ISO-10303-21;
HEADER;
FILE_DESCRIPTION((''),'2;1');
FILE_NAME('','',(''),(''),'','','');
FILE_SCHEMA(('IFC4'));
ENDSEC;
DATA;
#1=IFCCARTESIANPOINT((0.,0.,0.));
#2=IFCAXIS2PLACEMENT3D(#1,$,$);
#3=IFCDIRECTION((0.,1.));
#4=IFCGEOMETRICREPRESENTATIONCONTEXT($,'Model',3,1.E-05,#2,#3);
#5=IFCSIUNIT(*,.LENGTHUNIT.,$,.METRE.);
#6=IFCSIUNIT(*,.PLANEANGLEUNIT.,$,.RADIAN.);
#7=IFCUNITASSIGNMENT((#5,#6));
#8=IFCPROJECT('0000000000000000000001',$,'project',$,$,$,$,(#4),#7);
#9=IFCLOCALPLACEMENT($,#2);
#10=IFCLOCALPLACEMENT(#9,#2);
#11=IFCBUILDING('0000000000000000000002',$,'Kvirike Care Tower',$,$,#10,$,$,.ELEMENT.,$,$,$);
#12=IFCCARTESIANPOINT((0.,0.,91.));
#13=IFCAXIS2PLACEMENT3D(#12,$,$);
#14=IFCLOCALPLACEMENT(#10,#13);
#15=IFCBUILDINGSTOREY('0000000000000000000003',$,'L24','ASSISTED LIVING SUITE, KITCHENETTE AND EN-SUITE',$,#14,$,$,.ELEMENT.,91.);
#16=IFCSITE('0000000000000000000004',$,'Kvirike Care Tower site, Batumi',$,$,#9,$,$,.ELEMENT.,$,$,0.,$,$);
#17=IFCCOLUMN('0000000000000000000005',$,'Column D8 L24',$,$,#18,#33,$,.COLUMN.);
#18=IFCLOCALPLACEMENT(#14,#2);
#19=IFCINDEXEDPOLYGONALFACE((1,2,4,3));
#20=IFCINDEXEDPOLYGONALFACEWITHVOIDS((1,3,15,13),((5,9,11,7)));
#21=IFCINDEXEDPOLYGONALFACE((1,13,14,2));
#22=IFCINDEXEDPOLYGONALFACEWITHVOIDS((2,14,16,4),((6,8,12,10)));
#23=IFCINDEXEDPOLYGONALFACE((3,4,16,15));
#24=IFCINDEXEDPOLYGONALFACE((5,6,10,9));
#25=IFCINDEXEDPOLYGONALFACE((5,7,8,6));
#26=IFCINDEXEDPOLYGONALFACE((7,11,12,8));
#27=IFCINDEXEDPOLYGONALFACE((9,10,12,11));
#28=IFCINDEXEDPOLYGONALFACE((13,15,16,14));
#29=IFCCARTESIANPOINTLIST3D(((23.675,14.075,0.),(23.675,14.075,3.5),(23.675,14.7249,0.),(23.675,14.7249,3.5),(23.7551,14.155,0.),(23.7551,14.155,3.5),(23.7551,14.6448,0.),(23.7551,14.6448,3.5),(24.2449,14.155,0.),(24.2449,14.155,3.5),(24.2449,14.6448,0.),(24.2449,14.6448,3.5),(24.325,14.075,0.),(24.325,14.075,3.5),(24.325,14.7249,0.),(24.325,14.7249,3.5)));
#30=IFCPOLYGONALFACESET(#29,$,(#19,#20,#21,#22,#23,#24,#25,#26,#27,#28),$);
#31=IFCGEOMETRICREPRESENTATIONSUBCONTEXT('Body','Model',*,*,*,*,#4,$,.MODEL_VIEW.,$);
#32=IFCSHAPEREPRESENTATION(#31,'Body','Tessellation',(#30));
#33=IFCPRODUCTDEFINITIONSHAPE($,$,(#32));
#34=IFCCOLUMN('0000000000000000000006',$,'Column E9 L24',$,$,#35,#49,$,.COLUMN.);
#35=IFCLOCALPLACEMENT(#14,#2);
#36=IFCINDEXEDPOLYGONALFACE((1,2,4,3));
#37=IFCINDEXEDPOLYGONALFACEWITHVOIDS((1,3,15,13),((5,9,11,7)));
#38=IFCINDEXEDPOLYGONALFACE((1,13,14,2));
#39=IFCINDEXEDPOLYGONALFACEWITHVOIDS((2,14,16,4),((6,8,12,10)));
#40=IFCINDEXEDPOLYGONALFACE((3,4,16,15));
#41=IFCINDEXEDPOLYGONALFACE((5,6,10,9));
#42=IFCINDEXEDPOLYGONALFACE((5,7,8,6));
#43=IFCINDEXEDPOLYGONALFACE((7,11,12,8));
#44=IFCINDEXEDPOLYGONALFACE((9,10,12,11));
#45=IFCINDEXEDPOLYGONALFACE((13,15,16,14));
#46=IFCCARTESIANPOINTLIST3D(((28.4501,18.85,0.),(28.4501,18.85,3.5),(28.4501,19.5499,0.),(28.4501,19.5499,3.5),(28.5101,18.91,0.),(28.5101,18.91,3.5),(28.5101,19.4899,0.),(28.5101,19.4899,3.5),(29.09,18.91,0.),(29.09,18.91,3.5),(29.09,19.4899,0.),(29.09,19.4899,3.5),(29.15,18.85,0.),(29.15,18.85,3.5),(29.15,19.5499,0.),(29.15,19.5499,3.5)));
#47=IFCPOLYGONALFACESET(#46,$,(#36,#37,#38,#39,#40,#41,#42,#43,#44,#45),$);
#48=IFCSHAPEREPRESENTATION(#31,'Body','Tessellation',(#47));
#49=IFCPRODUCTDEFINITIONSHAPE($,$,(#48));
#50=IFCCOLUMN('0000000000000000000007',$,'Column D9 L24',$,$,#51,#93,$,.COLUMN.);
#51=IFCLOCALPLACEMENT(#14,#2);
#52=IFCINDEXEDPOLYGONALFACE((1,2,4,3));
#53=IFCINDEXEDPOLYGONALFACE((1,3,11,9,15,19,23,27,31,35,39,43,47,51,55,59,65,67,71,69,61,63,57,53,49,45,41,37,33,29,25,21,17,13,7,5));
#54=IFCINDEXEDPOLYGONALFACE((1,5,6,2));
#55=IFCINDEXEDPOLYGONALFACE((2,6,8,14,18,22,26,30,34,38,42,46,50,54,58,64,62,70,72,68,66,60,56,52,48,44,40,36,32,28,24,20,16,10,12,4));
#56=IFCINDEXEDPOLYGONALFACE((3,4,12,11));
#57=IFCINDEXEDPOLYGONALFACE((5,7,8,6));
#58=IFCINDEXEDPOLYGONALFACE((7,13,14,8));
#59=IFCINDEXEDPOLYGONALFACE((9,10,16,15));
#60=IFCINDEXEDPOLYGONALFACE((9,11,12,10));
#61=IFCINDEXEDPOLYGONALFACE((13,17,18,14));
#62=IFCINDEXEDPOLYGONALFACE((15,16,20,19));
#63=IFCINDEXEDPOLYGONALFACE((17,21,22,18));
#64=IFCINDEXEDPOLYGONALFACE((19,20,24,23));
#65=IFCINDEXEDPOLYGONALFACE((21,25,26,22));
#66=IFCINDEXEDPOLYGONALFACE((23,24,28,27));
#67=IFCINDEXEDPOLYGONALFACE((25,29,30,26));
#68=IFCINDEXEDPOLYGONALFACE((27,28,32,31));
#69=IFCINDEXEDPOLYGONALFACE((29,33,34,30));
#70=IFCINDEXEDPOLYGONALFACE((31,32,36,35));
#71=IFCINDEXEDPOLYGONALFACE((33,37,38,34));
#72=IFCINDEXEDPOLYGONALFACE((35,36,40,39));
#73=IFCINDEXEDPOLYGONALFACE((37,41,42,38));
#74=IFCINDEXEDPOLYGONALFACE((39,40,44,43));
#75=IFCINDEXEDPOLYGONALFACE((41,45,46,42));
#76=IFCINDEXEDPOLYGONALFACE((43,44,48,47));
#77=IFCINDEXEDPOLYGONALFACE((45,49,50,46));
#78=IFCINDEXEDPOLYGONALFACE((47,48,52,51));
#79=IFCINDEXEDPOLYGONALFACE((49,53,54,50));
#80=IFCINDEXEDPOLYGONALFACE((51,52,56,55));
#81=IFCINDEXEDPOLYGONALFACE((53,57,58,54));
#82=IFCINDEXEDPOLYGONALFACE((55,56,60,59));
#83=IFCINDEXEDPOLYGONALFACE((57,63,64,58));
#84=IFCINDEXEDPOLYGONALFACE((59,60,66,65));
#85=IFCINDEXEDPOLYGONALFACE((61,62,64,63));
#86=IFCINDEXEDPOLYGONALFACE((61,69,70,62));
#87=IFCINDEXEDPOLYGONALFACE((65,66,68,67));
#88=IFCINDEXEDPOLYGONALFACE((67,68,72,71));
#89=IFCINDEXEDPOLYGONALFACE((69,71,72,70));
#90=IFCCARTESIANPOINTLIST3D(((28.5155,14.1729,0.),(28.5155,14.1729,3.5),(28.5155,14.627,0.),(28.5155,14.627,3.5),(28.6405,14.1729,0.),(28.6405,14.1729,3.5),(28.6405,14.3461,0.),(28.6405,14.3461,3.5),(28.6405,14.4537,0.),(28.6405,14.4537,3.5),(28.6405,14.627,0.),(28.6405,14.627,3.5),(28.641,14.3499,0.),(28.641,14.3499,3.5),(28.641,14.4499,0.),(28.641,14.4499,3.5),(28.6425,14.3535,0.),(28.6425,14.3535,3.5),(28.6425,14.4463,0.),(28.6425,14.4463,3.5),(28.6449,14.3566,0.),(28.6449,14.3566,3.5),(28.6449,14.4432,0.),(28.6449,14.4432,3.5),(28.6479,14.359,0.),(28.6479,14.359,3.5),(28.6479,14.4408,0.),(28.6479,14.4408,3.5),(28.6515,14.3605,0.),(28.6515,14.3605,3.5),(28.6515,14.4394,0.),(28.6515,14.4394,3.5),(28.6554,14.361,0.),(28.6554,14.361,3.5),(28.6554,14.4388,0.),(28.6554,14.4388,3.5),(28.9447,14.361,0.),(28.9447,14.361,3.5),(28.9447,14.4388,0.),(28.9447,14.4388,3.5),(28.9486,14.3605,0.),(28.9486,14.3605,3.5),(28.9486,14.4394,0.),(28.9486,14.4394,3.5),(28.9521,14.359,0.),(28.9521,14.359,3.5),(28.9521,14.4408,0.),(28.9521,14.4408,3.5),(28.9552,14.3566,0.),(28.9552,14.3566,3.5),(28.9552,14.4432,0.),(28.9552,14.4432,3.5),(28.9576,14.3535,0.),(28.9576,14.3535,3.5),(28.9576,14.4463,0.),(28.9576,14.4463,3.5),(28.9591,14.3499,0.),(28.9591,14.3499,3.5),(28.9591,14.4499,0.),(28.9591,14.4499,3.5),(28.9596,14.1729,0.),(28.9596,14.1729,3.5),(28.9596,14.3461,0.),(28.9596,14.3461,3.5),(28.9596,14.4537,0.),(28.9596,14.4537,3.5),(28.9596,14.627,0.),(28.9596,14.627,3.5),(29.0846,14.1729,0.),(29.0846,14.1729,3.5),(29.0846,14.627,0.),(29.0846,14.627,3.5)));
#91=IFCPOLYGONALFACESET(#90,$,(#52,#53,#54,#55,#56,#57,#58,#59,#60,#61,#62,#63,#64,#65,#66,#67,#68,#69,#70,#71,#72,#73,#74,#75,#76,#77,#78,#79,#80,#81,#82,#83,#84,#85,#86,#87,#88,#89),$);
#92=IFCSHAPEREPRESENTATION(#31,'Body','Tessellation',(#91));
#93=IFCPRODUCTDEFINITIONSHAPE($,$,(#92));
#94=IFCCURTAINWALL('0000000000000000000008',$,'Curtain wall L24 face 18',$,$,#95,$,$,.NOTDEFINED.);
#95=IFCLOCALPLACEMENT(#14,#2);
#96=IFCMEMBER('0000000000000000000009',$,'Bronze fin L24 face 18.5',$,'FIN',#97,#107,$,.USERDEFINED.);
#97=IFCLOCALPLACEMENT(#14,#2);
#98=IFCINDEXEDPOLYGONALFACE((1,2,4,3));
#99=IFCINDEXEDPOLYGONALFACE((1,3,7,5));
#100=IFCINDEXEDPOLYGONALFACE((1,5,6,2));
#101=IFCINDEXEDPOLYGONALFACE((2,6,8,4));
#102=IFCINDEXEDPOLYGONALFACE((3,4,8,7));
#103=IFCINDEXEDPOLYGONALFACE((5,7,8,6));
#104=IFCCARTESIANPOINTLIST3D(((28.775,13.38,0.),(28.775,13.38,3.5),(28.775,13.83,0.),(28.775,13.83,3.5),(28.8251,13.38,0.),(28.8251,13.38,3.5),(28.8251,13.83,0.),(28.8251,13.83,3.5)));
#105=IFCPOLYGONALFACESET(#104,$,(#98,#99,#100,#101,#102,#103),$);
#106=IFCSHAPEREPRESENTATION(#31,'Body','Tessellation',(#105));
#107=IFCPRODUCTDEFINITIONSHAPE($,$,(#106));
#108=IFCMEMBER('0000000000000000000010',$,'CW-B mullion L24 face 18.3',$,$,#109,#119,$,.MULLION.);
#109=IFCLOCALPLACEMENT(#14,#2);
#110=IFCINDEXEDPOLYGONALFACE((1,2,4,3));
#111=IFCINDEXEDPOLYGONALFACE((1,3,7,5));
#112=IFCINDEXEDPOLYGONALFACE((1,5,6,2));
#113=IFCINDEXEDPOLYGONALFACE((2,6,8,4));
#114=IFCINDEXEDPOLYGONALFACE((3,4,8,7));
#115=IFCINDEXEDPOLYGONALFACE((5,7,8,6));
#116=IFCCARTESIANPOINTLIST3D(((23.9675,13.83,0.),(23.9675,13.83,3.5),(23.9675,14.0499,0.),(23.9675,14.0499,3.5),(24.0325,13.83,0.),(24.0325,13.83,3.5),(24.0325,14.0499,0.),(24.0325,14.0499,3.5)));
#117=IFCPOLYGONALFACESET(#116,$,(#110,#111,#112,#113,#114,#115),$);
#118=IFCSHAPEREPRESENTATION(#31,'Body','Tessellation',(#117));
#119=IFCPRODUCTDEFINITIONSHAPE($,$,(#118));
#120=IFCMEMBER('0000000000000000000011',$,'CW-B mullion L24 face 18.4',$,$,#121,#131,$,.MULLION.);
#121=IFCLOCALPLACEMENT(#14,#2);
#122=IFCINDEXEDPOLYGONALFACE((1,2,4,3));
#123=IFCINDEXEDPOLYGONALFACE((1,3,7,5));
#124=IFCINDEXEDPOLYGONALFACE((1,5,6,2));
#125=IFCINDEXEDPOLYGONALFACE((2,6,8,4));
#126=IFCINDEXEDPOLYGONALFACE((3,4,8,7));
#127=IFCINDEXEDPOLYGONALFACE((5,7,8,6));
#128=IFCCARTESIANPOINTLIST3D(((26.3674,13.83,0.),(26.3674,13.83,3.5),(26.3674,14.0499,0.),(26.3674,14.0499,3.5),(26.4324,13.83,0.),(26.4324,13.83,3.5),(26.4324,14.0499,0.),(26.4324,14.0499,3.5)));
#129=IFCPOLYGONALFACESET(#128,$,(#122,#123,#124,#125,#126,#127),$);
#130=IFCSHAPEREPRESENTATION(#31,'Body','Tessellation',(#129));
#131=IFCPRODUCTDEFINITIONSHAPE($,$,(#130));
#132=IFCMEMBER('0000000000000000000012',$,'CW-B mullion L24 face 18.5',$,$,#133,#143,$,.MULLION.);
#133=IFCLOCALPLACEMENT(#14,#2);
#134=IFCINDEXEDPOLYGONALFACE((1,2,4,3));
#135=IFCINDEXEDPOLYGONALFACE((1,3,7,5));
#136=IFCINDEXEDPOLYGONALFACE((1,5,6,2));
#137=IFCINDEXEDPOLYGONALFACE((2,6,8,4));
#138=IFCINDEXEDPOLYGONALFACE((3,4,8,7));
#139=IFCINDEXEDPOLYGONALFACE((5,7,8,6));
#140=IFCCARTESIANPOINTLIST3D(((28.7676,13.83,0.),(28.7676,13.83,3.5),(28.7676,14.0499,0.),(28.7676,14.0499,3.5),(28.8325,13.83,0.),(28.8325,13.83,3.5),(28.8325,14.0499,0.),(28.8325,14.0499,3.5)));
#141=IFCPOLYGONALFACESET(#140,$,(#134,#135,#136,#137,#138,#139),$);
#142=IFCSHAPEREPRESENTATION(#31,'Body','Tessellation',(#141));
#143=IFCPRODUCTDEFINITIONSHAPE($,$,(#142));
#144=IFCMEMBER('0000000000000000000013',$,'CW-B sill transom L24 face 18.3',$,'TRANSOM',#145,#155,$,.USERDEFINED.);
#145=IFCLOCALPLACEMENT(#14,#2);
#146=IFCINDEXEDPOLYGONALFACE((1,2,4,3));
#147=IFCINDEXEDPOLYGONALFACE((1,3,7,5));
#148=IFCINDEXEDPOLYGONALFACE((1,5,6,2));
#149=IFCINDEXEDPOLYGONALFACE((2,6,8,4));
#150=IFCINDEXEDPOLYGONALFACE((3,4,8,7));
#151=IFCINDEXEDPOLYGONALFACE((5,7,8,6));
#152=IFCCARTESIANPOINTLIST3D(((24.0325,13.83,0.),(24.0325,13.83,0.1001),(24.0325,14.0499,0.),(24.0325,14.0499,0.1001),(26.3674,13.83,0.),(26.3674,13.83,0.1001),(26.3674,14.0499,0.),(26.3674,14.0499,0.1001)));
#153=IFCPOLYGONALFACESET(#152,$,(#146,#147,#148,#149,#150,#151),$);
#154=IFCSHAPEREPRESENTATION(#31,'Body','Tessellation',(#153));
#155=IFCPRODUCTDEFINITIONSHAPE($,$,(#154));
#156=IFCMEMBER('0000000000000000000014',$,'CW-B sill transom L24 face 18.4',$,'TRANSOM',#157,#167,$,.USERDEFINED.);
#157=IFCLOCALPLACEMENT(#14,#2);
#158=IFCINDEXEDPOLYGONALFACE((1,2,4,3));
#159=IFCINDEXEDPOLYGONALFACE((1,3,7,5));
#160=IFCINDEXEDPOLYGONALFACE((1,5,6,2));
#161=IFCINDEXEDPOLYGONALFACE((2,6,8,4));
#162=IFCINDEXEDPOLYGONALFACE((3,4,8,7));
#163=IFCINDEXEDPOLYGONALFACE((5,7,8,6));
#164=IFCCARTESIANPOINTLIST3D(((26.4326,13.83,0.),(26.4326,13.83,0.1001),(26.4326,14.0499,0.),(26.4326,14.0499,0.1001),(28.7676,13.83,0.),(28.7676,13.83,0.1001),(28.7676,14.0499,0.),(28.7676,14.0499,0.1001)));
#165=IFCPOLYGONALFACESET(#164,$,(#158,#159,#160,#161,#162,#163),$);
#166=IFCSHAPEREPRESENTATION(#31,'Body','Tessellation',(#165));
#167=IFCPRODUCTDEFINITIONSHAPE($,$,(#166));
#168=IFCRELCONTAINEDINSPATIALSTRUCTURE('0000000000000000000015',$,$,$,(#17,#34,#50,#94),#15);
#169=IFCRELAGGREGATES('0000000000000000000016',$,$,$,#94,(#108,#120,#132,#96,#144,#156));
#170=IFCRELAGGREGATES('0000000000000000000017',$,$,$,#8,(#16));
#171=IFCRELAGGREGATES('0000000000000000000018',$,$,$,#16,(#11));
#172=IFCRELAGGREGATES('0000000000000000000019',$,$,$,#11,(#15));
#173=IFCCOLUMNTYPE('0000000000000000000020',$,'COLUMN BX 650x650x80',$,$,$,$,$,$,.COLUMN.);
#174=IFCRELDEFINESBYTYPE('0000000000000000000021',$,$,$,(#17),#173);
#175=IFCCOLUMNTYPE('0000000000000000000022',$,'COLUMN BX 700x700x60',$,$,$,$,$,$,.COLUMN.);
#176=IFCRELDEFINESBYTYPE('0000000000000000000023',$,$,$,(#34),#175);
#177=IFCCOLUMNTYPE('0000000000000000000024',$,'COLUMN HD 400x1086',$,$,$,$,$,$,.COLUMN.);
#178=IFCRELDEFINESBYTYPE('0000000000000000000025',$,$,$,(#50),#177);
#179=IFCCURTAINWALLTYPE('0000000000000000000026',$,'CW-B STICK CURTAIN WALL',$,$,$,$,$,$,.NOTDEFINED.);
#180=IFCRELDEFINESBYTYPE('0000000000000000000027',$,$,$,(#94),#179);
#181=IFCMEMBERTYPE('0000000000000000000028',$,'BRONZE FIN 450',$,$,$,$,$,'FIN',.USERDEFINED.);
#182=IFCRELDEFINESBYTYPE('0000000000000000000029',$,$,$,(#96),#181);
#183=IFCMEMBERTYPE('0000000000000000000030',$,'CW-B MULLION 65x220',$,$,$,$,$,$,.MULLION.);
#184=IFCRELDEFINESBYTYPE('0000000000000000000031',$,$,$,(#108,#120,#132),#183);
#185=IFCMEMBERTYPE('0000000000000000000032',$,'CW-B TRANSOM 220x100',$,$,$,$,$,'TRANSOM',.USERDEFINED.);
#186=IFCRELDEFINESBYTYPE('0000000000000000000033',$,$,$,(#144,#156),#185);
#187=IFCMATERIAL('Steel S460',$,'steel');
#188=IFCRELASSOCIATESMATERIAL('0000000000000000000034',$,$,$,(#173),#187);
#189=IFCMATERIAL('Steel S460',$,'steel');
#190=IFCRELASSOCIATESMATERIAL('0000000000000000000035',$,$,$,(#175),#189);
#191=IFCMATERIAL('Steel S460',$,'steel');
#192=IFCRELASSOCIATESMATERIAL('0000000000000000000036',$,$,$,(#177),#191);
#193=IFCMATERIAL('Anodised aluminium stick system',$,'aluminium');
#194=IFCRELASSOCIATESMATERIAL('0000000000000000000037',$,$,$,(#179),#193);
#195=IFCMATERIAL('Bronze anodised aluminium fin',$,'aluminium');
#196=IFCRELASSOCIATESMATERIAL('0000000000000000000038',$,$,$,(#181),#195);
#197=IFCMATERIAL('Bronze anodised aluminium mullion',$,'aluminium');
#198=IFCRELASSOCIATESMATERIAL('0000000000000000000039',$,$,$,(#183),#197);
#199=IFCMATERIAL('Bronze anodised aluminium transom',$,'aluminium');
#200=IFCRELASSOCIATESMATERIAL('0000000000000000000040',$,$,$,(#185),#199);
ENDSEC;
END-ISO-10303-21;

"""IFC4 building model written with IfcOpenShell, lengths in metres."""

from ifc_helpers import new_model, si_unit, direction, frame, origin, origin_2d, place, context, subcontext, project, spatial, rectangle, hollow_rectangle, i_section, extrude, material, material_profile, profile_set, type_object, element, aggregate, save


model = new_model("IFC4")

# Units and contexts
model_context = context("Model", 3, precision=1e-05, world=origin(), true_north=direction((0.0, 1.0)))
body_context = subcontext(model_context, "Body", "Model", "MODEL_VIEW")
ifc_project = project(units=[si_unit("LENGTHUNIT", "METRE"), si_unit("PLANEANGLEUNIT", "RADIAN")], contexts=[model_context])

# Site, building, storey
site_placement = place(None, origin())
site = spatial("IfcSite", under=ifc_project, at=site_placement, Name="Kvirike Care Tower site, Batumi", CompositionType="ELEMENT", RefElevation=0.0)
building_placement = place(site_placement, origin())
building = spatial("IfcBuilding", under=site, at=building_placement, Name="Kvirike Care Tower", CompositionType="ELEMENT")
storey_placement = place(building_placement, frame((0.0, 0.0, 91.0)))
storey = spatial("IfcBuildingStorey", under=building, at=storey_placement, Name="L24", Description="ASSISTED LIVING SUITE, KITCHENETTE AND EN-SUITE", CompositionType="ELEMENT", Elevation=91.0)

# Columns
ifc_material_1 = material(Name="Steel S460", Category="steel")
ifc_material_profile_1 = material_profile(ifc_material_1, hollow_rectangle(XDim=0.6499, YDim=0.6499, WallThickness=0.0801, at=origin_2d()), Name="BX 650x650x80")
ifc_profile_set_1 = profile_set([ifc_material_profile_1], Name="Steel S460")
column_type_1 = type_object("IfcColumnType", Name="COLUMN BX 650x650x80", PredefinedType="COLUMN", material=ifc_profile_set_1)
column_1_placement = place(storey_placement, frame((24.0, 14.3999, 0.0), z_axis=(0.0, 0.0, 1.0), x_axis=(0.0, 1.0, 0.0)))
element("IfcColumn", 1, at=column_1_placement, inside=storey, type_object=column_type_1, Name="Column D8 L24", PredefinedType="COLUMN", context=body_context, shape_type="SweptSolid", body=[
    extrude(hollow_rectangle(XDim=0.6499, YDim=0.6499, WallThickness=0.0801, at=origin_2d()), origin(), (0.0, 0.0, 1.0), 3.5),
])
ifc_material_2 = material(Name="Steel S460", Category="steel")
ifc_material_profile_2 = material_profile(ifc_material_2, hollow_rectangle(XDim=0.7, YDim=0.7, WallThickness=0.0601, at=origin_2d()), Name="BX 700x700x60")
ifc_profile_set_2 = profile_set([ifc_material_profile_2], Name="Steel S460")
column_type_2 = type_object("IfcColumnType", Name="COLUMN BX 700x700x60", PredefinedType="COLUMN", material=ifc_profile_set_2)
column_2_placement = place(storey_placement, frame((28.8, 19.2, 0.0), z_axis=(0.0, 0.0, 1.0), x_axis=(1.0, 0.0, 0.0)))
element("IfcColumn", 2, at=column_2_placement, inside=storey, type_object=column_type_2, Name="Column E9 L24", PredefinedType="COLUMN", context=body_context, shape_type="SweptSolid", body=[
    extrude(hollow_rectangle(XDim=0.7, YDim=0.7, WallThickness=0.0601, at=origin_2d()), origin(), (0.0, 0.0, 1.0), 3.5),
])
ifc_material_3 = material(Name="Steel S460", Category="steel")
ifc_material_profile_3 = material_profile(ifc_material_3, i_section(OverallWidth=0.4541, OverallDepth=0.5691, WebThickness=0.0779, FlangeThickness=0.125, FilletRadius=0.0149, at=origin_2d()), Name="HD 400x1086")
ifc_profile_set_3 = profile_set([ifc_material_profile_3], Name="Steel S460")
column_type_3 = type_object("IfcColumnType", Name="COLUMN HD 400x1086", PredefinedType="COLUMN", material=ifc_profile_set_3)
column_3_placement = place(storey_placement, frame((28.8, 14.3999, 0.0), z_axis=(0.0, 0.0, 1.0), x_axis=(0.0, 1.0, 0.0)))
element("IfcColumn", 3, at=column_3_placement, inside=storey, type_object=column_type_3, Name="Column D9 L24", PredefinedType="COLUMN", context=body_context, shape_type="SweptSolid", body=[
    extrude(i_section(OverallWidth=0.4541, OverallDepth=0.5691, WebThickness=0.0779, FlangeThickness=0.125, FilletRadius=0.0149, at=origin_2d()), origin(), (0.0, 0.0, 1.0), 3.5),
])

# Curtain wall, members
ifc_material_4 = material(Name="Anodised aluminium stick system", Category="aluminium")
curtain_wall_type = type_object("IfcCurtainWallType", Name="CW-B STICK CURTAIN WALL", PredefinedType="NOTDEFINED", material=ifc_material_4)
curtain_wall_placement = place(storey_placement, origin())
curtain_wall = element("IfcCurtainWall", 4, at=curtain_wall_placement, inside=storey, type_object=curtain_wall_type, Name="Curtain wall L24 face 18", PredefinedType="NOTDEFINED")
ifc_material_5 = material(Name="Bronze anodised aluminium fin", Category="aluminium")
ifc_material_profile_4 = material_profile(ifc_material_5, rectangle(XDim=0.05, YDim=0.45, at=origin_2d()), Name="BRONZE FIN 450")
ifc_profile_set_4 = profile_set([ifc_material_profile_4], Name="Bronze anodised aluminium fin")
member_type_1 = type_object("IfcMemberType", Name="BRONZE FIN 450", ElementType="FIN", PredefinedType="USERDEFINED", material=ifc_profile_set_4)
member_1_placement = place(storey_placement, frame((28.8, 13.605, 0.0), z_axis=(0.0, 0.0, 1.0), x_axis=(1.0, 0.0, 0.0)))
member_1 = element("IfcMember", 5, at=member_1_placement, type_object=member_type_1, Name="Bronze fin L24 face 18.5", ObjectType="FIN", PredefinedType="USERDEFINED", context=body_context, shape_type="SweptSolid", body=[
    extrude(rectangle(XDim=0.05, YDim=0.45, at=origin_2d()), origin(), (0.0, 0.0, 1.0), 3.5),
])
ifc_material_6 = material(Name="Bronze anodised aluminium mullion", Category="aluminium")
ifc_material_profile_5 = material_profile(ifc_material_6, rectangle(XDim=0.0649, YDim=0.22, at=origin_2d()), Name="CW-B MULLION 65x220")
ifc_profile_set_5 = profile_set([ifc_material_profile_5], Name="Bronze anodised aluminium mullion")
member_type_2 = type_object("IfcMemberType", Name="CW-B MULLION 65x220", PredefinedType="MULLION", material=ifc_profile_set_5)
member_2_placement = place(storey_placement, frame((24.0, 13.9399, 0.0), z_axis=(0.0, 0.0, 1.0), x_axis=(1.0, 0.0, 0.0)))
member_2 = element("IfcMember", 6, at=member_2_placement, type_object=member_type_2, Name="CW-B mullion L24 face 18.3", PredefinedType="MULLION", context=body_context, shape_type="SweptSolid", body=[
    extrude(rectangle(XDim=0.0649, YDim=0.22, at=origin_2d()), origin(), (0.0, 0.0, 1.0), 3.5),
])
member_3_placement = place(storey_placement, frame((26.3999, 13.9399, 0.0), z_axis=(0.0, 0.0, 1.0), x_axis=(1.0, 0.0, 0.0)))
member_3 = element("IfcMember", 7, at=member_3_placement, type_object=member_type_2, Name="CW-B mullion L24 face 18.4", PredefinedType="MULLION", context=body_context, shape_type="SweptSolid", body=[
    extrude(rectangle(XDim=0.0649, YDim=0.22, at=origin_2d()), origin(), (0.0, 0.0, 1.0), 3.5),
])
member_4_placement = place(storey_placement, frame((28.8, 13.9399, 0.0), z_axis=(0.0, 0.0, 1.0), x_axis=(1.0, 0.0, 0.0)))
member_4 = element("IfcMember", 8, at=member_4_placement, type_object=member_type_2, Name="CW-B mullion L24 face 18.5", PredefinedType="MULLION", context=body_context, shape_type="SweptSolid", body=[
    extrude(rectangle(XDim=0.0649, YDim=0.22, at=origin_2d()), origin(), (0.0, 0.0, 1.0), 3.5),
])
ifc_material_7 = material(Name="Bronze anodised aluminium transom", Category="aluminium")
ifc_material_profile_6 = material_profile(ifc_material_7, rectangle(XDim=0.22, YDim=0.1001, at=origin_2d()), Name="CW-B TRANSOM 220x100")
ifc_profile_set_6 = profile_set([ifc_material_profile_6], Name="Bronze anodised aluminium transom")
member_type_3 = type_object("IfcMemberType", Name="CW-B TRANSOM 220x100", ElementType="TRANSOM", PredefinedType="USERDEFINED", material=ifc_profile_set_6)
member_5_placement = place(storey_placement, frame((24.0325, 13.9399, 0.05), z_axis=(1.0, 0.0, 0.0), x_axis=(0.0, 1.0, 0.0)))
member_5 = element("IfcMember", 9, at=member_5_placement, type_object=member_type_3, Name="CW-B sill transom L24 face 18.3", ObjectType="TRANSOM", PredefinedType="USERDEFINED", context=body_context, shape_type="SweptSolid", body=[
    extrude(rectangle(XDim=0.22, YDim=0.1001, at=origin_2d()), origin(), (0.0, 0.0, 1.0), 2.335),
])
member_6_placement = place(storey_placement, frame((26.4326, 13.9399, 0.05), z_axis=(1.0, 0.0, 0.0), x_axis=(0.0, 1.0, 0.0)))
member_6 = element("IfcMember", 10, at=member_6_placement, type_object=member_type_3, Name="CW-B sill transom L24 face 18.4", ObjectType="TRANSOM", PredefinedType="USERDEFINED", context=body_context, shape_type="SweptSolid", body=[
    extrude(rectangle(XDim=0.22, YDim=0.1001, at=origin_2d()), origin(), (0.0, 0.0, 1.0), 2.335),
])

aggregate(curtain_wall, [member_2, member_3, member_4, member_1, member_5, member_6])

save(model, "model.ifc")
